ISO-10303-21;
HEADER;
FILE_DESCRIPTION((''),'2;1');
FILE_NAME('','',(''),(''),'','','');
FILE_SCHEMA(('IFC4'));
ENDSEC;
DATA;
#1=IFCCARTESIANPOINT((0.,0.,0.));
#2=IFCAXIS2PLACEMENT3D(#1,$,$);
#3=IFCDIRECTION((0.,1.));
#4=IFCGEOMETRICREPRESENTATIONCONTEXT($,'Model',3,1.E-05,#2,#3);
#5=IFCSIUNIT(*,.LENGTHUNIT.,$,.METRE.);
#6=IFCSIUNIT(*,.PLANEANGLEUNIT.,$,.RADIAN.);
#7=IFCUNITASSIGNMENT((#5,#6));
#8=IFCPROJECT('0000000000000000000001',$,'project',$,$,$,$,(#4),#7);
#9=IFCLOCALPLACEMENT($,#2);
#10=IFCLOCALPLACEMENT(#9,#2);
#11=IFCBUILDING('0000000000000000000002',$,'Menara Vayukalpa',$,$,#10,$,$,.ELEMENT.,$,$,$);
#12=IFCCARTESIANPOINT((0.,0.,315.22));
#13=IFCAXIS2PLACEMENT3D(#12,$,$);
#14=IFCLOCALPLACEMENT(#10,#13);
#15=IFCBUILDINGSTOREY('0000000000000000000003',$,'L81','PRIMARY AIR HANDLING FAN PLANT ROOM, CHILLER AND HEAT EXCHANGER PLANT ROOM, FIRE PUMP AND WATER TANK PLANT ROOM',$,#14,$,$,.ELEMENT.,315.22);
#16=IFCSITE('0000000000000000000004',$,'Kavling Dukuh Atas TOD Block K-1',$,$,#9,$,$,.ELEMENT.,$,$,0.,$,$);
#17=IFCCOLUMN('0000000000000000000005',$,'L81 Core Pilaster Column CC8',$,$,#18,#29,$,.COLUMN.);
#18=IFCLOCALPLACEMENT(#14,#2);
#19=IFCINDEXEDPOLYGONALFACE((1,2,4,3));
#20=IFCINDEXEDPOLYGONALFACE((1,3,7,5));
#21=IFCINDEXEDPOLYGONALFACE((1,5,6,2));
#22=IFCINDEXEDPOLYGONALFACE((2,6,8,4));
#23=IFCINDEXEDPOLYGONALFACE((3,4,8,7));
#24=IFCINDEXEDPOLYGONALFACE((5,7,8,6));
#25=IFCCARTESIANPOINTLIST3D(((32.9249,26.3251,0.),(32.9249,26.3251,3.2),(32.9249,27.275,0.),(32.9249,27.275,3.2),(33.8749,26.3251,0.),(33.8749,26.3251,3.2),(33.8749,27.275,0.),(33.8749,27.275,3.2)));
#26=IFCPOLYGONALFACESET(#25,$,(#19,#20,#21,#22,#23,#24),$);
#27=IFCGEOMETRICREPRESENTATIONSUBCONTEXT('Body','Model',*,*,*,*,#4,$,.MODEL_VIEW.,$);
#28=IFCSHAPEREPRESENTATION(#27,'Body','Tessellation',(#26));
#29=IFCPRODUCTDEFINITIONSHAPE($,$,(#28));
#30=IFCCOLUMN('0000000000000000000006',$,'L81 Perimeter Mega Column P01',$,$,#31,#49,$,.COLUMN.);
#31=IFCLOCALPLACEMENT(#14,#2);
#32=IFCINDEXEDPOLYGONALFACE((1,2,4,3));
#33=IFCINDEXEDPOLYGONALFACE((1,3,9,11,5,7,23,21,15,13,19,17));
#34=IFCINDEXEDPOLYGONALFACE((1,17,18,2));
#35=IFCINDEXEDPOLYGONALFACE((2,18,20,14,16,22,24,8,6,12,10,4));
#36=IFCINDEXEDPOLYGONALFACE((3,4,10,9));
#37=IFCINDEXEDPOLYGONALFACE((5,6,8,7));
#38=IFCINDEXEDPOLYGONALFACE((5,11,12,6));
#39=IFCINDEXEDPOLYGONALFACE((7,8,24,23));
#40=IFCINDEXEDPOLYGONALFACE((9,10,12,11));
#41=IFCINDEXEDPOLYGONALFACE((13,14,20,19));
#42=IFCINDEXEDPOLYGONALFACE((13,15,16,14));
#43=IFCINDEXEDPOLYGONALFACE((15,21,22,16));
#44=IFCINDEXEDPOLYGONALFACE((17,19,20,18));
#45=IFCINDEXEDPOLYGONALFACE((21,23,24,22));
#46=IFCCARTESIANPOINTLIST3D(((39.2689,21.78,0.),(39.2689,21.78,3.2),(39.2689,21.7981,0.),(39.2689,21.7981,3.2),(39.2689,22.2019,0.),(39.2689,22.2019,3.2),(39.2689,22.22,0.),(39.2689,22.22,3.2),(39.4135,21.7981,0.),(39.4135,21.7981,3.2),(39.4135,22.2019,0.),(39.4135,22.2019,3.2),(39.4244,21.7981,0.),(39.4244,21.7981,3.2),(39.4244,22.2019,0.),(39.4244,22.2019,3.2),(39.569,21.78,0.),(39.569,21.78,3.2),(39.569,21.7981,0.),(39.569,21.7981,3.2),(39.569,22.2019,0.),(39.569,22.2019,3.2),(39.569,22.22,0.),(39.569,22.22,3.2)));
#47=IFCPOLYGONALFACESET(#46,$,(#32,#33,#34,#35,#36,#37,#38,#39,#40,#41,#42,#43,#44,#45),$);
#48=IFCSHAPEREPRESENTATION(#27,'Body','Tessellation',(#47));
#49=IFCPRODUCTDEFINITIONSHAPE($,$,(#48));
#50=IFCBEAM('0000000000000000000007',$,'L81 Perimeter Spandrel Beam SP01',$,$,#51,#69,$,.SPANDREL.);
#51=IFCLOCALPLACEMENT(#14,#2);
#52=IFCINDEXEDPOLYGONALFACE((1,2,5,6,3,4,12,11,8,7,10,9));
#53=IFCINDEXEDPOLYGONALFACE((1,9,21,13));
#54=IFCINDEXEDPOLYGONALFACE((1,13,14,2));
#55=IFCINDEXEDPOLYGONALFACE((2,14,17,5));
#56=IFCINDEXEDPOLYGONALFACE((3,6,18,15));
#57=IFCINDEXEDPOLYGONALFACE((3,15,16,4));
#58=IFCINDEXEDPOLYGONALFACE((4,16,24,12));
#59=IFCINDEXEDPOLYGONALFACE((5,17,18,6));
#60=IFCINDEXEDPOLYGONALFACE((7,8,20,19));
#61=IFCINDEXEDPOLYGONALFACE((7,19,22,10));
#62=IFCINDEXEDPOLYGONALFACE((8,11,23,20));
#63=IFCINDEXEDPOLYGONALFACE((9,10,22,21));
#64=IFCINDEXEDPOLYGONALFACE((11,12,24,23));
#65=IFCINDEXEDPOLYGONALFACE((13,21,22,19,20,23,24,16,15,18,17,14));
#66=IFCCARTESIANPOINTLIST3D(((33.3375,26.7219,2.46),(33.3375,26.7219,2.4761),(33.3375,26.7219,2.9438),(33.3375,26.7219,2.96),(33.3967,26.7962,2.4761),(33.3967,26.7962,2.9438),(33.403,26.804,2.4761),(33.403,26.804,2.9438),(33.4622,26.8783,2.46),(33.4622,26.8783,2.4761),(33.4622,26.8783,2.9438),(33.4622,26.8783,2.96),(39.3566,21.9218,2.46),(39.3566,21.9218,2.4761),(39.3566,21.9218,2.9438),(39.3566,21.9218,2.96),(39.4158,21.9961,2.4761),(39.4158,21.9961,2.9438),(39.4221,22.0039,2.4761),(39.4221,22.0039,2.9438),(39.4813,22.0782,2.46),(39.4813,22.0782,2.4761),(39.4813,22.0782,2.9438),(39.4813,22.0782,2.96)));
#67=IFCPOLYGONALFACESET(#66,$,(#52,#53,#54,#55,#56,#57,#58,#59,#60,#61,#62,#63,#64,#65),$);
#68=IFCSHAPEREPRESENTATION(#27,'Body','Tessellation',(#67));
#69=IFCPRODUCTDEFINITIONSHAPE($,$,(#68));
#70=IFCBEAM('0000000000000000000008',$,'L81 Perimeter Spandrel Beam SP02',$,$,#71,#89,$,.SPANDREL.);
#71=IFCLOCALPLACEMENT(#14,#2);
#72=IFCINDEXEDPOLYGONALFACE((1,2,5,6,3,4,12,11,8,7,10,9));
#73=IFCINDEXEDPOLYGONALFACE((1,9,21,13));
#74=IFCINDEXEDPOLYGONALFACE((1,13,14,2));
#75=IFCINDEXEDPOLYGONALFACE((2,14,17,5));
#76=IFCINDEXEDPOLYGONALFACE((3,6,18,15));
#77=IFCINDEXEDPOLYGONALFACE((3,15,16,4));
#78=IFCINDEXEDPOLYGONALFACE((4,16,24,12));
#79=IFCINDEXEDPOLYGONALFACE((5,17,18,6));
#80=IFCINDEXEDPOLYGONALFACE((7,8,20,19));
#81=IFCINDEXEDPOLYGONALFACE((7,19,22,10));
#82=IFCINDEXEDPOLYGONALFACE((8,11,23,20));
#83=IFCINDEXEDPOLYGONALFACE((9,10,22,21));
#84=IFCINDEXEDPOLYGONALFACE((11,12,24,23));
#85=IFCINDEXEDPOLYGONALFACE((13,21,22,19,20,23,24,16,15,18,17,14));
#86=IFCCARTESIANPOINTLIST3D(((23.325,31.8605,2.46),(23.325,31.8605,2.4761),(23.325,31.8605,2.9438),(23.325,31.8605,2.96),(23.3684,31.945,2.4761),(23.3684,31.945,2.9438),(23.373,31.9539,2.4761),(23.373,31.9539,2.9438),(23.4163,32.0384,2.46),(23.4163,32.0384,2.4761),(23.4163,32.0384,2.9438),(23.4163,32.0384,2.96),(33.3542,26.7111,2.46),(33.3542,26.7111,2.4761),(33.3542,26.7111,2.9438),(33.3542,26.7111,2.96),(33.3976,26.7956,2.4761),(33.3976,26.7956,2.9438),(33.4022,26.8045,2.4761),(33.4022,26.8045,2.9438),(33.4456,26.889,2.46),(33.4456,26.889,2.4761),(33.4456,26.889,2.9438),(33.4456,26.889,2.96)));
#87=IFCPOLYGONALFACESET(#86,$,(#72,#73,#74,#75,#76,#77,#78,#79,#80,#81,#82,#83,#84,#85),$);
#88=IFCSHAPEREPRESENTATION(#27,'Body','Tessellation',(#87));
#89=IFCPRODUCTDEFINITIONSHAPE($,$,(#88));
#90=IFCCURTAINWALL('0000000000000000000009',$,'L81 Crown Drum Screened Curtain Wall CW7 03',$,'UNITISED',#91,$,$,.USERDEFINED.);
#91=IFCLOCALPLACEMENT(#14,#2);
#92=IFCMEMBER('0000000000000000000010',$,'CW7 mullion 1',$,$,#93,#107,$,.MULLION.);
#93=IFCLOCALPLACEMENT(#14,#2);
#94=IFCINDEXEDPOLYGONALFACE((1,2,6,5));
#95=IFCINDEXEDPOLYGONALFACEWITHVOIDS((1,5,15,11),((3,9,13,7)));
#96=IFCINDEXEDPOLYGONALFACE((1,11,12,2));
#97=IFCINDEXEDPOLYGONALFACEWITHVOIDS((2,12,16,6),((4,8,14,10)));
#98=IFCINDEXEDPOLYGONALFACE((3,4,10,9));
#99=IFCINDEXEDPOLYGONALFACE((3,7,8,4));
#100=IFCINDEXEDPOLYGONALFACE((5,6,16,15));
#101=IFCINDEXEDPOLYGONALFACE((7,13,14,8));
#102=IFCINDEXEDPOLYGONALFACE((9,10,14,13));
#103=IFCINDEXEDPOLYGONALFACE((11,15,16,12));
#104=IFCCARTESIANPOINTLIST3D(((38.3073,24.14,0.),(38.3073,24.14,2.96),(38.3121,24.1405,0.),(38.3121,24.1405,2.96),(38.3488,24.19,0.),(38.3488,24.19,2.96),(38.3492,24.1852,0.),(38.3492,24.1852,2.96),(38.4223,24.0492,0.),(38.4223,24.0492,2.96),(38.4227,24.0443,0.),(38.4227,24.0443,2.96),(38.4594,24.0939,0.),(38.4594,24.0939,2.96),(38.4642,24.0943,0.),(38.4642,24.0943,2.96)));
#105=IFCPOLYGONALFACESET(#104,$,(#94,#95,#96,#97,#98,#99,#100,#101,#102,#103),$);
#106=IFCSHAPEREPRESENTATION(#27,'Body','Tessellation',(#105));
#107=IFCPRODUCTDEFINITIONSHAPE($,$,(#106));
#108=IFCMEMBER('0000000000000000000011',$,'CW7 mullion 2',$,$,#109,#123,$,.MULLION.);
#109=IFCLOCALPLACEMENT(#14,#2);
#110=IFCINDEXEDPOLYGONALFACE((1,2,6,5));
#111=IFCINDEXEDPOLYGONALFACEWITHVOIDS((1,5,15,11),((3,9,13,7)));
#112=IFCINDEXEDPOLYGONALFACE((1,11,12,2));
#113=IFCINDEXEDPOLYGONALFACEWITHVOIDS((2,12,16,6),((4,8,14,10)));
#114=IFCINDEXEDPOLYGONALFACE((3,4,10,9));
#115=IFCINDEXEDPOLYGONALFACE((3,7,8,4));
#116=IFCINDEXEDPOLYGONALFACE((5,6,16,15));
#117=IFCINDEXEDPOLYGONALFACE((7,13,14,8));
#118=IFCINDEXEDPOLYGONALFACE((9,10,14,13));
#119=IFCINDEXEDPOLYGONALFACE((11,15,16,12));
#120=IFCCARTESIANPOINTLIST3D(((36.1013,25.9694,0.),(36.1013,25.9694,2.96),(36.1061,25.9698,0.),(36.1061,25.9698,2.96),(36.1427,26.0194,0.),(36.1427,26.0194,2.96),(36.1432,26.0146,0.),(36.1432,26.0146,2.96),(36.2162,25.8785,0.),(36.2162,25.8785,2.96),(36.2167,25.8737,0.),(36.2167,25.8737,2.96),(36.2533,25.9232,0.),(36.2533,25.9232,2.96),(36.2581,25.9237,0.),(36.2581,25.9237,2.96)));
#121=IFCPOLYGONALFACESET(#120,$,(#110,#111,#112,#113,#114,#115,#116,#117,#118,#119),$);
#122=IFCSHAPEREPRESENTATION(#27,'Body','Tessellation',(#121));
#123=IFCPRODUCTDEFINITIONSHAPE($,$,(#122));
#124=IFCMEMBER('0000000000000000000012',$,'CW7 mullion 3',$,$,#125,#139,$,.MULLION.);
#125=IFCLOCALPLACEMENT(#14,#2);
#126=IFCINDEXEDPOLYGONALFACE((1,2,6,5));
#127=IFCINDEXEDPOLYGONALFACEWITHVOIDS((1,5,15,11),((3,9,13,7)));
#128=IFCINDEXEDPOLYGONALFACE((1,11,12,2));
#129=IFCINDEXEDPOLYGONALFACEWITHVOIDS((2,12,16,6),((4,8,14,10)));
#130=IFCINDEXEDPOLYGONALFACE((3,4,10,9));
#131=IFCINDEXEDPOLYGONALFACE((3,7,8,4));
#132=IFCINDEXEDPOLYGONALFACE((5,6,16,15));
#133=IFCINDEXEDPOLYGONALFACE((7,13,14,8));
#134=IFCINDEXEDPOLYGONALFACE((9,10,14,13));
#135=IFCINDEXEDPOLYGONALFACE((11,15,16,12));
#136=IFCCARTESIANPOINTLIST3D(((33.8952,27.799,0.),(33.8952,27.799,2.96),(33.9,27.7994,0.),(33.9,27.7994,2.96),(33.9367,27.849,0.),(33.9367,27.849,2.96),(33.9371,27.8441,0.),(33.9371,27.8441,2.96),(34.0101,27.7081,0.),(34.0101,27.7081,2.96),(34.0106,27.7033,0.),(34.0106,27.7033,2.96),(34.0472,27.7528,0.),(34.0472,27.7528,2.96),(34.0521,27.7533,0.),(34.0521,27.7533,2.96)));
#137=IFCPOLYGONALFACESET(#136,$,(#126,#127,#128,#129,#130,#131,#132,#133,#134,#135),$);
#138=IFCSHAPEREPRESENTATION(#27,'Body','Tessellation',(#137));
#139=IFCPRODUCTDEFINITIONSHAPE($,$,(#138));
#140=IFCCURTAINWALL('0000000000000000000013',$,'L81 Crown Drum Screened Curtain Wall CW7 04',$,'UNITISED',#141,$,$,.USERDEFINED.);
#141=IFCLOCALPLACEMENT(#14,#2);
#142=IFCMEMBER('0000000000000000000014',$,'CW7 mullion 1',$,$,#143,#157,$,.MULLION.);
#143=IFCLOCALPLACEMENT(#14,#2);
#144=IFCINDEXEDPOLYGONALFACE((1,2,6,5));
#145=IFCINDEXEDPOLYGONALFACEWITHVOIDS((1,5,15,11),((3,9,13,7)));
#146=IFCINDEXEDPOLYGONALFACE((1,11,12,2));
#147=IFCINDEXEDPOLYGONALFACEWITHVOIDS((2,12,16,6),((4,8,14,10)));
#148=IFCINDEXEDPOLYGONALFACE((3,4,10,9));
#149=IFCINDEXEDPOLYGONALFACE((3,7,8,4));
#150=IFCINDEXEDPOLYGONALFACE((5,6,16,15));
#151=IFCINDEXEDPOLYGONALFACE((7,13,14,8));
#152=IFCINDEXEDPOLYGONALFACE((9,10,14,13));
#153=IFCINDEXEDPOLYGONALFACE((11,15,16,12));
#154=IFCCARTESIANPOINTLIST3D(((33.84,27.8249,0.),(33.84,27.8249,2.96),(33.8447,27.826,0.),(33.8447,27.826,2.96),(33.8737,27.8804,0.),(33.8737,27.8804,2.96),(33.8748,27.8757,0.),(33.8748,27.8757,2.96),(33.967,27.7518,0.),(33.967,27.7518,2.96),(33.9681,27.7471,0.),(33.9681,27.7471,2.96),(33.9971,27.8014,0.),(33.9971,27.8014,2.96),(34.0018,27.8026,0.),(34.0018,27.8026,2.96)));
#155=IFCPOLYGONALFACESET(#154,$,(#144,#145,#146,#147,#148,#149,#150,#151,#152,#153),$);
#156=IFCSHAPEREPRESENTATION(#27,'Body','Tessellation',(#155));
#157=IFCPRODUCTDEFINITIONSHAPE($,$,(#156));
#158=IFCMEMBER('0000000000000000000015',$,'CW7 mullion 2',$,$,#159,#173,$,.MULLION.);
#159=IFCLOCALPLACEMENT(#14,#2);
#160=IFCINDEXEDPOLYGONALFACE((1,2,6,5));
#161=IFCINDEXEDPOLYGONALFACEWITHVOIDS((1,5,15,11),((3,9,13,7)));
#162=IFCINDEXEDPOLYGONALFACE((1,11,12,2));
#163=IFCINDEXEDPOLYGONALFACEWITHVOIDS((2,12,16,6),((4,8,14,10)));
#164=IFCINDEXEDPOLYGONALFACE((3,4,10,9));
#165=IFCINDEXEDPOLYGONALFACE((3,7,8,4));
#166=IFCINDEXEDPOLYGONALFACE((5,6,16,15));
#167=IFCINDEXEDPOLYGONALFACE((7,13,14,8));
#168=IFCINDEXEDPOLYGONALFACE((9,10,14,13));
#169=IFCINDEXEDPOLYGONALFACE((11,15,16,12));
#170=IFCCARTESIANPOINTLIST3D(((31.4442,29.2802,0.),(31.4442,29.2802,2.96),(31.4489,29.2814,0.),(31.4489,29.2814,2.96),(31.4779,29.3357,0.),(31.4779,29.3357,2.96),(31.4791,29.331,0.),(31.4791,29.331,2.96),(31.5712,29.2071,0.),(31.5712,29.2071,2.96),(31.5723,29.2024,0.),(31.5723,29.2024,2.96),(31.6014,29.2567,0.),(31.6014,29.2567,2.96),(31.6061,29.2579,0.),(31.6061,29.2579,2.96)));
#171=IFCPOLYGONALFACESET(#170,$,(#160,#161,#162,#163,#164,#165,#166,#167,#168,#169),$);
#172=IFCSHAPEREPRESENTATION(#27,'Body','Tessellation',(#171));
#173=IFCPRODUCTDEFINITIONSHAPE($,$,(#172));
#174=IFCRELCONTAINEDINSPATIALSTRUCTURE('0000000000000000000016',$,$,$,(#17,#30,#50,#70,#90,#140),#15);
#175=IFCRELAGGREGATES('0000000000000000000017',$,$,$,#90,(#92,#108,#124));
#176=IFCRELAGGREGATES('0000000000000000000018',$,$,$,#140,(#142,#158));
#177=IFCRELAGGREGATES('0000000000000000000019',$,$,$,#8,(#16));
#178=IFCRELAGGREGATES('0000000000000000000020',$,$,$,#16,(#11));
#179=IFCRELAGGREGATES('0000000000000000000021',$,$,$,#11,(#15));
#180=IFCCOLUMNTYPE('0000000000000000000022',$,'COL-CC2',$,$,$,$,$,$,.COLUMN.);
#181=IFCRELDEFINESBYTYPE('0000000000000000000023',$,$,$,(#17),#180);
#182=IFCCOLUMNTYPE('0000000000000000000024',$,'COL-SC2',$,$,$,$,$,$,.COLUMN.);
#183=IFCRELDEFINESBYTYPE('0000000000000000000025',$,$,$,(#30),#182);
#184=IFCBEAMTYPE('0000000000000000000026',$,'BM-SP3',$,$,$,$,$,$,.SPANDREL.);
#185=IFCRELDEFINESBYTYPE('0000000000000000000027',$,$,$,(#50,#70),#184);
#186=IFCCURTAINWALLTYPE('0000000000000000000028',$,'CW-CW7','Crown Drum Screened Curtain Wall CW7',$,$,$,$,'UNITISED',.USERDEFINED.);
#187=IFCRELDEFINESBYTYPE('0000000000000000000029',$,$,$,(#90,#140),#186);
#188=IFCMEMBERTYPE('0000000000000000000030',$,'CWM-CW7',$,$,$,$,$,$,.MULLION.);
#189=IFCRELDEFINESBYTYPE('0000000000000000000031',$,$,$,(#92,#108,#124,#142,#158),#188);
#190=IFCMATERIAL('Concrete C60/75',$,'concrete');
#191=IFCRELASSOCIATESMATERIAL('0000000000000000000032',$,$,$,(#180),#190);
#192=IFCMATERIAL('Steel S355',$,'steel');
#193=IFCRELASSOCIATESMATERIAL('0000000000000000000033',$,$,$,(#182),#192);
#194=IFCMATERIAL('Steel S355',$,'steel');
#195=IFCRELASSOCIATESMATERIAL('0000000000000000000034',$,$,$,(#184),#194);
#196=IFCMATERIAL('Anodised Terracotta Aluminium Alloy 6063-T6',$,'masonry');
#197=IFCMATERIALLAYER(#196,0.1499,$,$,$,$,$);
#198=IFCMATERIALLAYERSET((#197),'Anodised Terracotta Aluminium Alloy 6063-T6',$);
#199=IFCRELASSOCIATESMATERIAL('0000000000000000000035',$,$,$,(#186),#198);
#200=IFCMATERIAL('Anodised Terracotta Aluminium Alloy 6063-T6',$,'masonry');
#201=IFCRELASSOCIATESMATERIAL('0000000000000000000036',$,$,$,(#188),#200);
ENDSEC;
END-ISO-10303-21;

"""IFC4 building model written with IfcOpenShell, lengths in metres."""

from ifc_helpers import new_model, si_unit, direction, frame, origin, origin_2d, place, context, subcontext, project, spatial, rectangle, hollow_rectangle, i_section, extrude, material, layer, layer_set, material_profile, profile_set, type_object, element, aggregate, save


model = new_model("IFC4")

# Units and contexts
model_context = context("Model", 3, precision=1e-05, world=origin(), true_north=direction((0.0, 1.0)))
body_context = subcontext(model_context, "Body", "Model", "MODEL_VIEW")
ifc_project = project(units=[si_unit("LENGTHUNIT", "METRE"), si_unit("PLANEANGLEUNIT", "RADIAN")], contexts=[model_context])

# Site, building, storey
site_placement = place(None, origin())
site = spatial("IfcSite", under=ifc_project, at=site_placement, Name="Kavling Dukuh Atas TOD Block K-1", CompositionType="ELEMENT", RefElevation=0.0)
building_placement = place(site_placement, origin())
building = spatial("IfcBuilding", under=site, at=building_placement, Name="Menara Vayukalpa", CompositionType="ELEMENT")
storey_placement = place(building_placement, frame((0.0, 0.0, 315.22)))
storey = spatial("IfcBuildingStorey", under=building, at=storey_placement, Name="L81", Description="PRIMARY AIR HANDLING FAN PLANT ROOM, CHILLER AND HEAT EXCHANGER PLANT ROOM, FIRE PUMP AND WATER TANK PLANT ROOM", CompositionType="ELEMENT", Elevation=315.22)

# Columns
ifc_material_1 = material(Name="Concrete C60/75", Category="concrete")
ifc_material_profile_1 = material_profile(ifc_material_1, rectangle(XDim=0.95, YDim=0.95, at=origin_2d()), Name="RC 950x950")
ifc_profile_set_1 = profile_set([ifc_material_profile_1], Name="Concrete C60/75")
column_type_1 = type_object("IfcColumnType", Name="COL-CC2", PredefinedType="COLUMN", material=ifc_profile_set_1)
column_1_placement = place(storey_placement, frame((33.3999, 26.8, 0.0), z_axis=(0.0, 0.0, 1.0), x_axis=(1.0, 0.0, 0.0)))
element("IfcColumn", 1, at=column_1_placement, inside=storey, type_object=column_type_1, Name="L81 Core Pilaster Column CC8", PredefinedType="COLUMN", context=body_context, shape_type="SweptSolid", body=[
    extrude(rectangle(XDim=0.95, YDim=0.95, at=origin_2d()), origin(), (0.0, 0.0, 1.0), 3.2),
])
ifc_material_2 = material(Name="Steel S355", Category="steel")
ifc_material_profile_2 = material_profile(ifc_material_2, i_section(OverallWidth=0.3, OverallDepth=0.4399, WebThickness=0.011, FlangeThickness=0.0181, at=origin_2d()), Name="H 440x300x11x18")
ifc_profile_set_2 = profile_set([ifc_material_profile_2], Name="Steel S355")
column_type_2 = type_object("IfcColumnType", Name="COL-SC2", PredefinedType="COLUMN", material=ifc_profile_set_2)
column_2_placement = place(storey_placement, frame((39.4189, 22.0, 0.0), z_axis=(0.0, 0.0, 1.0), x_axis=(1.0, 0.0, 0.0)))
element("IfcColumn", 2, at=column_2_placement, inside=storey, type_object=column_type_2, Name="L81 Perimeter Mega Column P01", PredefinedType="COLUMN", context=body_context, shape_type="SweptSolid", body=[
    extrude(i_section(OverallWidth=0.3, OverallDepth=0.4399, WebThickness=0.011, FlangeThickness=0.0181, at=origin_2d()), origin(), (0.0, 0.0, 1.0), 3.2),
])

# Beams
ifc_material_3 = material(Name="Steel S355", Category="steel")
ifc_material_profile_3 = material_profile(ifc_material_3, i_section(OverallWidth=0.2, OverallDepth=0.5, WebThickness=0.01, FlangeThickness=0.0161, at=origin_2d()), Name="WF 500x200x10x16")
ifc_profile_set_3 = profile_set([ifc_material_profile_3], Name="Steel S355")
beam_type = type_object("IfcBeamType", Name="BM-SP3", PredefinedType="SPANDREL", material=ifc_profile_set_3)
beam_1_placement = place(storey_placement, frame((39.4189, 22.0, 2.71), z_axis=(-0.78183, 0.623492, 0.0), x_axis=(-0.623492, -0.78183, 0.0)))
element("IfcBeam", 3, at=beam_1_placement, inside=storey, type_object=beam_type, Name="L81 Perimeter Spandrel Beam SP01", PredefinedType="SPANDREL", context=body_context, shape_type="SweptSolid", body=[
    extrude(i_section(OverallWidth=0.2, OverallDepth=0.5, WebThickness=0.01, FlangeThickness=0.0161, at=origin_2d()), origin(), (0.0, 0.0, 1.0), 7.6987),
])
beam_2_placement = place(storey_placement, frame((33.3999, 26.8, 2.71), z_axis=(-0.889595, 0.456751, 0.0), x_axis=(-0.456751, -0.889595, 0.0)))
element("IfcBeam", 4, at=beam_2_placement, inside=storey, type_object=beam_type, Name="L81 Perimeter Spandrel Beam SP02", PredefinedType="SPANDREL", context=body_context, shape_type="SweptSolid", body=[
    extrude(i_section(OverallWidth=0.2, OverallDepth=0.5, WebThickness=0.01, FlangeThickness=0.0161, at=origin_2d()), origin(), (0.0, 0.0, 1.0), 11.2739),
])

# Curtain walls, members
ifc_material_4 = material(Name="Anodised Terracotta Aluminium Alloy 6063-T6", Category="masonry")
ifc_layer_1 = layer(ifc_material_4, 0.1499)
ifc_layer_set_1 = layer_set([ifc_layer_1], Name="Anodised Terracotta Aluminium Alloy 6063-T6")
curtain_wall_type = type_object("IfcCurtainWallType", Name="CW-CW7", Description="Crown Drum Screened Curtain Wall CW7", ElementType="UNITISED", PredefinedType="USERDEFINED", material=ifc_layer_set_1)
curtain_wall_1_placement = place(storey_placement, origin())
curtain_wall_1 = element("IfcCurtainWall", 5, at=curtain_wall_1_placement, inside=storey, type_object=curtain_wall_type, Name="L81 Crown Drum Screened Curtain Wall CW7 03", ObjectType="UNITISED", PredefinedType="USERDEFINED")
ifc_material_5 = material(Name="Anodised Terracotta Aluminium Alloy 6063-T6", Category="masonry")
ifc_material_profile_4 = material_profile(ifc_material_5, hollow_rectangle(XDim=0.0649, YDim=0.1499, WallThickness=0.0034, at=origin_2d()), Name="ALU 65x150x3.5")
ifc_profile_set_4 = profile_set([ifc_material_profile_4], Name="Anodised Terracotta Aluminium Alloy 6063-T6")
member_type_1 = type_object("IfcMemberType", Name="CWM-CW7", PredefinedType="MULLION", material=ifc_profile_set_4)
member_1_placement = place(storey_placement, frame((38.3857, 24.1172, 0.0), z_axis=(0.0, 0.0, 1.0), x_axis=(-0.638347, -0.769749, 0.0)))
member_1 = element("IfcMember", 6, at=member_1_placement, type_object=member_type_1, Name="CW7 mullion 1", PredefinedType="MULLION", context=body_context, shape_type="SweptSolid", body=[
    extrude(hollow_rectangle(XDim=0.0649, YDim=0.1499, WallThickness=0.0034, at=origin_2d()), origin(), (0.0, 0.0, 1.0), 2.96),
])
member_2_placement = place(storey_placement, frame((36.1797, 25.9465, 0.0), z_axis=(0.0, 0.0, 1.0), x_axis=(-0.638347, -0.769749, 0.0)))
member_2 = element("IfcMember", 7, at=member_2_placement, type_object=member_type_1, Name="CW7 mullion 2", PredefinedType="MULLION", context=body_context, shape_type="SweptSolid", body=[
    extrude(hollow_rectangle(XDim=0.0649, YDim=0.1499, WallThickness=0.0034, at=origin_2d()), origin(), (0.0, 0.0, 1.0), 2.96),
])
member_3_placement = place(storey_placement, frame((33.9736, 27.7761, 0.0), z_axis=(0.0, 0.0, 1.0), x_axis=(-0.638347, -0.769749, 0.0)))
member_3 = element("IfcMember", 8, at=member_3_placement, type_object=member_type_1, Name="CW7 mullion 3", PredefinedType="MULLION", context=body_context, shape_type="SweptSolid", body=[
    extrude(hollow_rectangle(XDim=0.0649, YDim=0.1499, WallThickness=0.0034, at=origin_2d()), origin(), (0.0, 0.0, 1.0), 2.96),
])
curtain_wall_2_placement = place(storey_placement, origin())
curtain_wall_2 = element("IfcCurtainWall", 9, at=curtain_wall_2_placement, inside=storey, type_object=curtain_wall_type, Name="L81 Crown Drum Screened Curtain Wall CW7 04", ObjectType="UNITISED", PredefinedType="USERDEFINED")
member_4_placement = place(storey_placement, frame((33.9209, 27.8137, 0.0), z_axis=(0.0, 0.0, 1.0), x_axis=(-0.519176, -0.854667, 0.0)))
member_4 = element("IfcMember", 10, at=member_4_placement, type_object=member_type_1, Name="CW7 mullion 1", PredefinedType="MULLION", context=body_context, shape_type="SweptSolid", body=[
    extrude(hollow_rectangle(XDim=0.0649, YDim=0.1499, WallThickness=0.0034, at=origin_2d()), origin(), (0.0, 0.0, 1.0), 2.96),
])
member_5_placement = place(storey_placement, frame((31.5251, 29.269, 0.0), z_axis=(0.0, 0.0, 1.0), x_axis=(-0.519176, -0.854667, 0.0)))
member_5 = element("IfcMember", 11, at=member_5_placement, type_object=member_type_1, Name="CW7 mullion 2", PredefinedType="MULLION", context=body_context, shape_type="SweptSolid", body=[
    extrude(hollow_rectangle(XDim=0.0649, YDim=0.1499, WallThickness=0.0034, at=origin_2d()), origin(), (0.0, 0.0, 1.0), 2.96),
])

aggregate(curtain_wall_1, [member_1, member_2, member_3])
aggregate(curtain_wall_2, [member_4, member_5])

save(model, "model.ifc")
